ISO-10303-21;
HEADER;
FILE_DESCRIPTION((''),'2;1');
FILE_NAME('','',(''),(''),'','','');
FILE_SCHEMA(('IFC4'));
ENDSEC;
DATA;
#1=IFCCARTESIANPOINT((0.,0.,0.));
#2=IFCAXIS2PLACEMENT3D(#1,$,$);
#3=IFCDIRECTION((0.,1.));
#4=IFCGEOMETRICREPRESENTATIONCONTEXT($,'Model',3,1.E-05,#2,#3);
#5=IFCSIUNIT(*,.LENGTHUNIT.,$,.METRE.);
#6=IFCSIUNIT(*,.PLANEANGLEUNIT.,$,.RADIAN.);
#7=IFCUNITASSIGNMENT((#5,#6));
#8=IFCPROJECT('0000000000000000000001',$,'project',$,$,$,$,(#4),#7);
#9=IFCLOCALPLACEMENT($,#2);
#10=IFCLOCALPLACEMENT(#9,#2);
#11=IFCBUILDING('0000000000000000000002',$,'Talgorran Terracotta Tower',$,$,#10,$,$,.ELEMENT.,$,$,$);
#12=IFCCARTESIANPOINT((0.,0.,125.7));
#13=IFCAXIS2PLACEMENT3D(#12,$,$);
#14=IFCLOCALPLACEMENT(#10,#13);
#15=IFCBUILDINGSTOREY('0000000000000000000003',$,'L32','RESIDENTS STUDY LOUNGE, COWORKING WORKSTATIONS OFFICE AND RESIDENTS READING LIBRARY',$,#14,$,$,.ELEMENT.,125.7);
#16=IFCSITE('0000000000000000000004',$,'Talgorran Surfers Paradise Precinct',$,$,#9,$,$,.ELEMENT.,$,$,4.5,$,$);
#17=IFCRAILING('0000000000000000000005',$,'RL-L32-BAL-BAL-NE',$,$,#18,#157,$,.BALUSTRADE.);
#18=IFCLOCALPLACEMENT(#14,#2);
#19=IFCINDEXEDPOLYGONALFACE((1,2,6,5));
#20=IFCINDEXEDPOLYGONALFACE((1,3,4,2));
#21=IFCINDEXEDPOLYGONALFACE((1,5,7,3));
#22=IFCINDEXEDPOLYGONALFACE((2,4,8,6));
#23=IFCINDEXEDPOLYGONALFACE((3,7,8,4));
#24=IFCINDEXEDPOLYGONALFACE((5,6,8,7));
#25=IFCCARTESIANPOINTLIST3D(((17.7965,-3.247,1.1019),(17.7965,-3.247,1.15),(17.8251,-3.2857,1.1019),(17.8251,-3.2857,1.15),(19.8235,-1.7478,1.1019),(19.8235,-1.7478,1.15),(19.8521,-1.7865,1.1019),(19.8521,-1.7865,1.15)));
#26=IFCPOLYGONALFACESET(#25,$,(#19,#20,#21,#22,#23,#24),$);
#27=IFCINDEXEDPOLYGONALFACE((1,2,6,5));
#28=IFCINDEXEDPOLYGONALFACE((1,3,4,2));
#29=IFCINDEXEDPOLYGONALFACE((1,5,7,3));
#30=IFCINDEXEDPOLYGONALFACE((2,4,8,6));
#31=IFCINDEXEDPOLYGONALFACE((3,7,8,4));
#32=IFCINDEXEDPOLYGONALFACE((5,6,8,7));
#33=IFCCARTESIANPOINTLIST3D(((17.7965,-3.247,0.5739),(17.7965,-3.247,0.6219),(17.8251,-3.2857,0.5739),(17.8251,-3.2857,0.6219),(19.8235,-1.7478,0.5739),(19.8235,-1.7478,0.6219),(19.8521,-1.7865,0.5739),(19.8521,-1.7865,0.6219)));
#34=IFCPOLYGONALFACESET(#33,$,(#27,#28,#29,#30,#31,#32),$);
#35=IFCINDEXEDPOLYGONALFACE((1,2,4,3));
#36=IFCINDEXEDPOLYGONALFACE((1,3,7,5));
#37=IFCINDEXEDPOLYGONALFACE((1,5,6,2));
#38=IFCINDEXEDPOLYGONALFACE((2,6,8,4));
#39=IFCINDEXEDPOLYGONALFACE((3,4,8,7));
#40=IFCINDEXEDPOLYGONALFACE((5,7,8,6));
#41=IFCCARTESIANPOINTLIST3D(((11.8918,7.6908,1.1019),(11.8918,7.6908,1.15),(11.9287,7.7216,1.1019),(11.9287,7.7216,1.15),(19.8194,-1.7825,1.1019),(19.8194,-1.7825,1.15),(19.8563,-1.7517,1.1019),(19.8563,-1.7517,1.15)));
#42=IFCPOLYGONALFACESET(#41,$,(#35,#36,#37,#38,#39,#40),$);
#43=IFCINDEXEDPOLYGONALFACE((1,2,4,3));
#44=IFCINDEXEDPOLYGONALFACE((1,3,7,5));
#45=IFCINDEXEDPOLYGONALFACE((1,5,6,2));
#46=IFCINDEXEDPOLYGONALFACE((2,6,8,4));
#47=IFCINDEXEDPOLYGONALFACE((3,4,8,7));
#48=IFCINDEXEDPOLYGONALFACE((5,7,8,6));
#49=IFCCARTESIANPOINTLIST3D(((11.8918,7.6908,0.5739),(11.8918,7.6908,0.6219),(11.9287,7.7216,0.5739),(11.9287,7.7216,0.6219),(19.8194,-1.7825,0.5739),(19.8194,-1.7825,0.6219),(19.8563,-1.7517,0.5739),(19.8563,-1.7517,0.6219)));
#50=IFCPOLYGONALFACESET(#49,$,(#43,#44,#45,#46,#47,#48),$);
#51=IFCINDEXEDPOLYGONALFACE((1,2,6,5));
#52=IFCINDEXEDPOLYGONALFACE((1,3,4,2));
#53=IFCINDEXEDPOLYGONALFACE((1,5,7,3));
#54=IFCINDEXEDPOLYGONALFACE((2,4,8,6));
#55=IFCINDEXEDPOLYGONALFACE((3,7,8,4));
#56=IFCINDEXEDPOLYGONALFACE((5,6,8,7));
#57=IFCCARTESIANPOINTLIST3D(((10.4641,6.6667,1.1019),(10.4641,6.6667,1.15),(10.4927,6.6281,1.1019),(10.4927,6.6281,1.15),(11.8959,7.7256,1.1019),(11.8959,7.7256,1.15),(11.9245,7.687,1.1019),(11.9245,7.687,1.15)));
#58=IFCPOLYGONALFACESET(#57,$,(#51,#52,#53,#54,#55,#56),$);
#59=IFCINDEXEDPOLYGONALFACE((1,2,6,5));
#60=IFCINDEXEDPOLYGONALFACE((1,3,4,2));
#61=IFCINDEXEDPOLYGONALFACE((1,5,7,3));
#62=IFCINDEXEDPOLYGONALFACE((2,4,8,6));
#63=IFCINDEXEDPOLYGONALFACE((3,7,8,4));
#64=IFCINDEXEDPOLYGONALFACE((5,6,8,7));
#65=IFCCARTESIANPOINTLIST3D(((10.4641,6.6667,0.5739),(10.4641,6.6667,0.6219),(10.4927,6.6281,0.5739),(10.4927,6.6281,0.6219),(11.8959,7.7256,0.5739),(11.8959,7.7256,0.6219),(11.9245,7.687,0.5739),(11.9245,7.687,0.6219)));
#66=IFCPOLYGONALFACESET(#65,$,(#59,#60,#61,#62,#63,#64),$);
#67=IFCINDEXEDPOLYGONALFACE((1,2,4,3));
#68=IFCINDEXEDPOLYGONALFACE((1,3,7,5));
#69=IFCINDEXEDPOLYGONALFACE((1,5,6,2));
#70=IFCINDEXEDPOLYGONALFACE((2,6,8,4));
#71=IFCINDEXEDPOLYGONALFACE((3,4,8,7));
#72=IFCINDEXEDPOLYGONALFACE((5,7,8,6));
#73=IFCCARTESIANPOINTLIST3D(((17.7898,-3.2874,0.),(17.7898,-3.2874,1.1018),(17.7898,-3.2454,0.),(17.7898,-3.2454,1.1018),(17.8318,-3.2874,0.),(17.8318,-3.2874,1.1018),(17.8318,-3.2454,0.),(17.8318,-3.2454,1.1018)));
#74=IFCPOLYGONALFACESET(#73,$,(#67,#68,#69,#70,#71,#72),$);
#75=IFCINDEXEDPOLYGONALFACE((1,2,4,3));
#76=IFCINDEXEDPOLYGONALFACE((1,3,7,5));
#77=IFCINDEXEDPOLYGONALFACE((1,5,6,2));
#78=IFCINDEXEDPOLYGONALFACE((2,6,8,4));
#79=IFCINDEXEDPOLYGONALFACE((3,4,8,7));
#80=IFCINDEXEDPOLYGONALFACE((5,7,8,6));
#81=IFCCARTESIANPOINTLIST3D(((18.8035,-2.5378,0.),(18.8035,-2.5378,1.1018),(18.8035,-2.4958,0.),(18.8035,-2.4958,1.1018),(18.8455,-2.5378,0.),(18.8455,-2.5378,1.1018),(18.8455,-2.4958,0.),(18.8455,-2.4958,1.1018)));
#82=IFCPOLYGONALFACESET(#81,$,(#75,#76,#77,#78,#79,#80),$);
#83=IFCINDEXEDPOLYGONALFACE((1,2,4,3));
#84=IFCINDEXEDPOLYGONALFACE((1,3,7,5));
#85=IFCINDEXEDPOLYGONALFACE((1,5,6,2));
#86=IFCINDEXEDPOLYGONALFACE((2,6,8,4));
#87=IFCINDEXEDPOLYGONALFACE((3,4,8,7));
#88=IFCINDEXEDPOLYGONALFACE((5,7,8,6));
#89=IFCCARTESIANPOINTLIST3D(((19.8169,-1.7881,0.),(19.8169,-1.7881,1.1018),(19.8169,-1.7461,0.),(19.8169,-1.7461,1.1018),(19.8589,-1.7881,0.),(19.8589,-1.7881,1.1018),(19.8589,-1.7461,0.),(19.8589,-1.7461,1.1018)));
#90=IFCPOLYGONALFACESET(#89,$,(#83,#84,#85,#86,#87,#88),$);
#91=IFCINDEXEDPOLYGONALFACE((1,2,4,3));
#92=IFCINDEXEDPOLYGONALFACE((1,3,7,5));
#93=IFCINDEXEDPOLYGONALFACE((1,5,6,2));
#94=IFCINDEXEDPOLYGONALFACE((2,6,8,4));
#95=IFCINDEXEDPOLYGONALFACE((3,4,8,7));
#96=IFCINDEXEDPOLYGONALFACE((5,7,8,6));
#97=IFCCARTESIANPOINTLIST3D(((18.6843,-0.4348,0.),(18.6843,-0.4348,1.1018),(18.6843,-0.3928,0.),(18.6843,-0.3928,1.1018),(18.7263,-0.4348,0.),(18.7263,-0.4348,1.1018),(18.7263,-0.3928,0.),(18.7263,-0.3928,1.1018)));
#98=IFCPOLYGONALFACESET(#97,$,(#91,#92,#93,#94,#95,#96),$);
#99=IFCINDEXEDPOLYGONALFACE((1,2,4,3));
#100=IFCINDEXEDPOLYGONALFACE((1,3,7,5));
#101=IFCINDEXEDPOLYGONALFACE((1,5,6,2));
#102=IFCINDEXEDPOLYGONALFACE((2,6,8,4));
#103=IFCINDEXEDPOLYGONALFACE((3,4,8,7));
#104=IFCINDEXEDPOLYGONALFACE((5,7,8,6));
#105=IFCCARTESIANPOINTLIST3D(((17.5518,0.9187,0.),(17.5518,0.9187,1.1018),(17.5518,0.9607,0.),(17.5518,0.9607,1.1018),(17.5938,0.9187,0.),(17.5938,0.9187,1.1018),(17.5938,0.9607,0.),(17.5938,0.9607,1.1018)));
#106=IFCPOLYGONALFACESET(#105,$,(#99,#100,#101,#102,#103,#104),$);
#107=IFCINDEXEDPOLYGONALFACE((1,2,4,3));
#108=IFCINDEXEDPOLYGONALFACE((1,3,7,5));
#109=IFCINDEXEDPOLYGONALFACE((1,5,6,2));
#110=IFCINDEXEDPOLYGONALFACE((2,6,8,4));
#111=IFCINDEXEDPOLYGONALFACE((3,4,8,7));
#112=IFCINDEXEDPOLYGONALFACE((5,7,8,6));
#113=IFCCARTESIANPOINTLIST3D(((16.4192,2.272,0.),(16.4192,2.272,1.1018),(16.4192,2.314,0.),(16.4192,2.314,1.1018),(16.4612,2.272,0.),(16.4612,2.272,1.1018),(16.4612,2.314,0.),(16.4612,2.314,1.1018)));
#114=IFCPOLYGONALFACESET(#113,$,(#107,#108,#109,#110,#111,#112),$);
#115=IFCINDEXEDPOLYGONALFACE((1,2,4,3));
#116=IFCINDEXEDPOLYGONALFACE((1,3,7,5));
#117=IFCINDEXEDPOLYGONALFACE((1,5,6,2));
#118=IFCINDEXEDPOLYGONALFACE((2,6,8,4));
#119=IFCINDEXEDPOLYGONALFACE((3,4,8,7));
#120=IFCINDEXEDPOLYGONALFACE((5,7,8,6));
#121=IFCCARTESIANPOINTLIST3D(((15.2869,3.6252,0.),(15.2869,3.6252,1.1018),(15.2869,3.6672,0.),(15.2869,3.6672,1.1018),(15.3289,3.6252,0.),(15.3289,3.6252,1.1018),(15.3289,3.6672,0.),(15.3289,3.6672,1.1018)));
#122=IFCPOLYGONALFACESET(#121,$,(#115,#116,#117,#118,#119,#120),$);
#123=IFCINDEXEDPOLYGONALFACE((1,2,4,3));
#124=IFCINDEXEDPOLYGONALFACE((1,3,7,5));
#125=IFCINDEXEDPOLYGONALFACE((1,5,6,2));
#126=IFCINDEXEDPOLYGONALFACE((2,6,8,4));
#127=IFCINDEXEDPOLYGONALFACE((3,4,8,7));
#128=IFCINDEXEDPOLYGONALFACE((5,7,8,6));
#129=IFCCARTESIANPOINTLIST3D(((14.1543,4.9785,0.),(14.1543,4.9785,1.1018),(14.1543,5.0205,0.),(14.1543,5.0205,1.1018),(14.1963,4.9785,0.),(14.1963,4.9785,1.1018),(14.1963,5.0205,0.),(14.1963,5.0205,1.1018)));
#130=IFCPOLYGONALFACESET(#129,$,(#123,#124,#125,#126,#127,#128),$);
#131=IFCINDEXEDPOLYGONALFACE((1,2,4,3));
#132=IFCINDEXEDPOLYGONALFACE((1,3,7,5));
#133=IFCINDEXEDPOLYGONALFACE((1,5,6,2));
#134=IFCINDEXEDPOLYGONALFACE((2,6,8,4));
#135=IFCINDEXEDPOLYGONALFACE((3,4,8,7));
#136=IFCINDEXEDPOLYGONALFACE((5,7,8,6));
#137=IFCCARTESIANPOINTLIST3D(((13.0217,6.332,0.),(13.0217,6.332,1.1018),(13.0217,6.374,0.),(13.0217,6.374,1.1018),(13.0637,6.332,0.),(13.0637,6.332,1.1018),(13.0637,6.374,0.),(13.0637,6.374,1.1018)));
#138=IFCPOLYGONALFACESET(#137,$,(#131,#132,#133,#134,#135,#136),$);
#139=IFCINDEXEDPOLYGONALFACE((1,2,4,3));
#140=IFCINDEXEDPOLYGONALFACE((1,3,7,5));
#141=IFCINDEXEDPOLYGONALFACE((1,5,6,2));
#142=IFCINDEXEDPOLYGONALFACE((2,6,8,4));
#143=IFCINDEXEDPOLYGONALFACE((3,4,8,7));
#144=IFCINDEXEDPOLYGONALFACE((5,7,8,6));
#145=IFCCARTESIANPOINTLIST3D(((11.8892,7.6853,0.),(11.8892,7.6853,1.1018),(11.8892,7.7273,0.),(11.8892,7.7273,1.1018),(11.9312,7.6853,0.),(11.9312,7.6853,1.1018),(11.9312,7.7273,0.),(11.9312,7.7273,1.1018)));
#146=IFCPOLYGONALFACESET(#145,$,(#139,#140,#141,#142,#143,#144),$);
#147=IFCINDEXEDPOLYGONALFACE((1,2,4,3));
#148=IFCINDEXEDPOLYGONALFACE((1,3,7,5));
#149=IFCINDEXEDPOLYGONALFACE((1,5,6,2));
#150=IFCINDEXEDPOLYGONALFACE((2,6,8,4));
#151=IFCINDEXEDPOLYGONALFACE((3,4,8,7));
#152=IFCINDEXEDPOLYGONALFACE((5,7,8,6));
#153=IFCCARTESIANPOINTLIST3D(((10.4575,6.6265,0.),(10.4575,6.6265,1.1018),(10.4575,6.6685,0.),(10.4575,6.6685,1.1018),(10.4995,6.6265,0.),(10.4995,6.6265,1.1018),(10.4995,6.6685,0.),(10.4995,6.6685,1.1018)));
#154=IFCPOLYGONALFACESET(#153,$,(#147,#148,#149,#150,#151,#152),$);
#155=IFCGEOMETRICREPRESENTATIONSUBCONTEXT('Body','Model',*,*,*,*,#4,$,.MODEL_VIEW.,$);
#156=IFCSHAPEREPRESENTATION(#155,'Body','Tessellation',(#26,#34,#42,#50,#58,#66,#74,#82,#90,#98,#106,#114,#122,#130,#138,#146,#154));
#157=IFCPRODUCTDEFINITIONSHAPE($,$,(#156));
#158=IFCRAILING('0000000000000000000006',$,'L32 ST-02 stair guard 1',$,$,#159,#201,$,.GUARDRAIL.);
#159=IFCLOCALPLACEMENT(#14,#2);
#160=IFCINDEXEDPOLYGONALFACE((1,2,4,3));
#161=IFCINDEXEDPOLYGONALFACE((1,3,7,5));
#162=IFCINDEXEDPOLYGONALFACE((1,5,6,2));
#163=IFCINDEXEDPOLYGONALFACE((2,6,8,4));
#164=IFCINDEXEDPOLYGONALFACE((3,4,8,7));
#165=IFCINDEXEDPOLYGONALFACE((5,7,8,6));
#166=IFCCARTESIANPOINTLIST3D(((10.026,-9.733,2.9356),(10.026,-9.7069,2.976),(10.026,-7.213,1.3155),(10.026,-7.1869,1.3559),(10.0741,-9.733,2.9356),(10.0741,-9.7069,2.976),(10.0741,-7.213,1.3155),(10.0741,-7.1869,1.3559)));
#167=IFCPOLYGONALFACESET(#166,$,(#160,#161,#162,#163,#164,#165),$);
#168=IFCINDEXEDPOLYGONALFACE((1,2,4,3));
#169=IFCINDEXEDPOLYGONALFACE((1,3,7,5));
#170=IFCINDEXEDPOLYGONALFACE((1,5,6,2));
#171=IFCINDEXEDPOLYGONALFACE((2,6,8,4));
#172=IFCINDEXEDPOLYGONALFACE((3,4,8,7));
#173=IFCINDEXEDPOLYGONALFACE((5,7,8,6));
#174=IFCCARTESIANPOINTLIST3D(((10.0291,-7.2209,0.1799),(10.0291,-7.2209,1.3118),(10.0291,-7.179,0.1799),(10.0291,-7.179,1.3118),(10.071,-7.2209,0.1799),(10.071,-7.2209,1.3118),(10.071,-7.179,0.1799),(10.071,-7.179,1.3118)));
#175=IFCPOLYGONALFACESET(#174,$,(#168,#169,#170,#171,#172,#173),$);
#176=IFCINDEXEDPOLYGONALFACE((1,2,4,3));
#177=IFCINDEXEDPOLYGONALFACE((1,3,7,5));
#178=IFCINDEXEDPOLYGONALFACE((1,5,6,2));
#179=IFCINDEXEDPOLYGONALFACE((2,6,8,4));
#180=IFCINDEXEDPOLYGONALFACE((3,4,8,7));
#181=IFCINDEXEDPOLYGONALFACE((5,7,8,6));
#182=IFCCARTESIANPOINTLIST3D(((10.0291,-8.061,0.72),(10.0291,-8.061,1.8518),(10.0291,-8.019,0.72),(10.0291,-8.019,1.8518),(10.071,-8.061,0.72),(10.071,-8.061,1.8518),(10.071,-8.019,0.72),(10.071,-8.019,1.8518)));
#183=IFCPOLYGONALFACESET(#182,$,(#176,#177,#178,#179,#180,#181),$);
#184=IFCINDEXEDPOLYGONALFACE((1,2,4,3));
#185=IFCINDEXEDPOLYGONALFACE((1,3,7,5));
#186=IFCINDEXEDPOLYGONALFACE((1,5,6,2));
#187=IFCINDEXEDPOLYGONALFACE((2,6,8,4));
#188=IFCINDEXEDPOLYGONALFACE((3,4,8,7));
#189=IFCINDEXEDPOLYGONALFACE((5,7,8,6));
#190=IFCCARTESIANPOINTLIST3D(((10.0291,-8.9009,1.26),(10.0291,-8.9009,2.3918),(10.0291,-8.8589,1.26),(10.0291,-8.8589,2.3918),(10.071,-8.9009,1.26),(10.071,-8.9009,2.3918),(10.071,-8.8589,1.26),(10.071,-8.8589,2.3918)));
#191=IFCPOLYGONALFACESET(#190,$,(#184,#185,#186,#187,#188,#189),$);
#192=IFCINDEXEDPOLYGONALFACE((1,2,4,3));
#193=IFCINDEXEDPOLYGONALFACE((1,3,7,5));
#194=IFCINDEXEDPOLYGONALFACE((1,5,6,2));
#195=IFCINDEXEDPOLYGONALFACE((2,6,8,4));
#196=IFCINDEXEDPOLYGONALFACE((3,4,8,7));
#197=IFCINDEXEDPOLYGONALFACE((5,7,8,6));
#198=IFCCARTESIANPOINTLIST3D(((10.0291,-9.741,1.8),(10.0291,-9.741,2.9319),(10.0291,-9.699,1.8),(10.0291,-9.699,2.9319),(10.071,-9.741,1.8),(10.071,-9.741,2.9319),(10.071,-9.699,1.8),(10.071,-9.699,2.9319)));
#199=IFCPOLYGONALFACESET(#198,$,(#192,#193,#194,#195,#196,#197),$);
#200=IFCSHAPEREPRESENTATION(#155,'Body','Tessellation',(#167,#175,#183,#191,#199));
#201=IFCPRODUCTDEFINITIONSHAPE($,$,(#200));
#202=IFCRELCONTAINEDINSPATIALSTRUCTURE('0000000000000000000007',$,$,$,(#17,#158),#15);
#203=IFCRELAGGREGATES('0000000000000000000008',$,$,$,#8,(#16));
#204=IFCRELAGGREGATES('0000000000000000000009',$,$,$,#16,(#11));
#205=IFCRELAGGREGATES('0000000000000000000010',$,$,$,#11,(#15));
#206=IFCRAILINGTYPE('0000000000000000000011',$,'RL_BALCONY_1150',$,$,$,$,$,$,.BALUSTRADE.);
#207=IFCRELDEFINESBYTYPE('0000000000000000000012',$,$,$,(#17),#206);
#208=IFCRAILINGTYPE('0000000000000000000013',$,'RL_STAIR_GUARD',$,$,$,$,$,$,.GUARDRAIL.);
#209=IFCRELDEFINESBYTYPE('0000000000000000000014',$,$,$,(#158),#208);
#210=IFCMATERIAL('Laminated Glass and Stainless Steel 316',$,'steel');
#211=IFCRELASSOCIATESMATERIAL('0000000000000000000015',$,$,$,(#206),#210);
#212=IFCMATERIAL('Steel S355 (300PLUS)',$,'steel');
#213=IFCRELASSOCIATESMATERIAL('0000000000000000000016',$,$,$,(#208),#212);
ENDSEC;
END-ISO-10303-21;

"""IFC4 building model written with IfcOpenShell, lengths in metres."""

from ifc_helpers import new_model, si_unit, direction, frame, origin, origin_2d, place, context, subcontext, project, spatial, rectangle, extrude, material, type_object, element, save


model = new_model("IFC4")

# Units and contexts
model_context = context("Model", 3, precision=1e-05, world=origin(), true_north=direction((0.0, 1.0)))
body_context = subcontext(model_context, "Body", "Model", "MODEL_VIEW")
ifc_project = project(units=[si_unit("LENGTHUNIT", "METRE"), si_unit("PLANEANGLEUNIT", "RADIAN")], contexts=[model_context])

# Site, building, storey
site_placement = place(None, origin())
site = spatial("IfcSite", under=ifc_project, at=site_placement, Name="Talgorran Surfers Paradise Precinct", CompositionType="ELEMENT", RefElevation=4.5)
building_placement = place(site_placement, origin())
building = spatial("IfcBuilding", under=site, at=building_placement, Name="Talgorran Terracotta Tower", CompositionType="ELEMENT")
storey_placement = place(building_placement, frame((0.0, 0.0, 125.7)))
storey = spatial("IfcBuildingStorey", under=building, at=storey_placement, Name="L32", Description="RESIDENTS STUDY LOUNGE, COWORKING WORKSTATIONS OFFICE AND RESIDENTS READING LIBRARY", CompositionType="ELEMENT", Elevation=125.7)

# Shared definitions
ifc_material_1 = material(Name="Steel S355 (300PLUS)", Category="steel")

# Railings
ifc_material_2 = material(Name="Laminated Glass and Stainless Steel 316", Category="steel")
railing_type_1 = type_object("IfcRailingType", Name="RL_BALCONY_1150", PredefinedType="BALUSTRADE", material=ifc_material_2)
railing_1_placement = place(storey_placement, frame((17.8108, -3.2664, 0.0)))
element("IfcRailing", 1, at=railing_1_placement, inside=storey, type_object=railing_type_1, Name="RL-L32-BAL-BAL-NE", PredefinedType="BALUSTRADE", context=body_context, shape_type="SweptSolid", body=[
    extrude(rectangle(XDim=0.0481, YDim=0.0481, at=origin_2d()), frame((0.0, 0.0, 1.126), z_axis=(0.803991, 0.594642, 0.0), x_axis=(-0.594642, 0.803991, 0.0)), (0.0, 0.0, 1.0), 2.5212),
    extrude(rectangle(XDim=0.0481, YDim=0.0481, at=origin_2d()), frame((0.0, 0.0, 0.5979), z_axis=(0.803991, 0.594642, 0.0), x_axis=(-0.594642, 0.803991, 0.0)), (0.0, 0.0, 1.0), 2.5212),
    extrude(rectangle(XDim=0.0481, YDim=0.0481, at=origin_2d()), frame((2.0271, 1.4993, 1.126), z_axis=(-0.641771, 0.766896, 0.0), x_axis=(-0.766896, -0.641771, 0.0)), (0.0, 0.0, 1.0), 12.3528),
    extrude(rectangle(XDim=0.0481, YDim=0.0481, at=origin_2d()), frame((2.0271, 1.4993, 0.5979), z_axis=(-0.641771, 0.766896, 0.0), x_axis=(-0.766896, -0.641771, 0.0)), (0.0, 0.0, 1.0), 12.3528),
    extrude(rectangle(XDim=0.0481, YDim=0.0481, at=origin_2d()), frame((-5.9006, 10.9727, 1.126), z_axis=(-0.803997, -0.594634, 0.0), x_axis=(0.594634, -0.803997, 0.0)), (0.0, 0.0, 1.0), 1.7808),
    extrude(rectangle(XDim=0.0481, YDim=0.0481, at=origin_2d()), frame((-5.9006, 10.9727, 0.5979), z_axis=(-0.803997, -0.594634, 0.0), x_axis=(0.594634, -0.803997, 0.0)), (0.0, 0.0, 1.0), 1.7808),
    extrude(rectangle(XDim=0.042, YDim=0.042, at=origin_2d()), origin(), (0.0, 0.0, 1.0), 1.1018),
    extrude(rectangle(XDim=0.042, YDim=0.042, at=origin_2d()), frame((1.0137, 0.7495, 0.0)), (0.0, 0.0, 1.0), 1.1018),
    extrude(rectangle(XDim=0.042, YDim=0.042, at=origin_2d()), frame((2.0271, 1.4993, 0.0)), (0.0, 0.0, 1.0), 1.1018),
    extrude(rectangle(XDim=0.042, YDim=0.042, at=origin_2d()), frame((0.8945, 2.8525, 0.0)), (0.0, 0.0, 1.0), 1.1018),
    extrude(rectangle(XDim=0.042, YDim=0.042, at=origin_2d()), frame((-0.238, 4.2061, 0.0)), (0.0, 0.0, 1.0), 1.1018),
    extrude(rectangle(XDim=0.042, YDim=0.042, at=origin_2d()), frame((-1.3706, 5.5593, 0.0)), (0.0, 0.0, 1.0), 1.1018),
    extrude(rectangle(XDim=0.042, YDim=0.042, at=origin_2d()), frame((-2.5029, 6.9126, 0.0)), (0.0, 0.0, 1.0), 1.1018),
    extrude(rectangle(XDim=0.042, YDim=0.042, at=origin_2d()), frame((-3.6355, 8.2659, 0.0)), (0.0, 0.0, 1.0), 1.1018),
    extrude(rectangle(XDim=0.042, YDim=0.042, at=origin_2d()), frame((-4.7681, 9.6194, 0.0)), (0.0, 0.0, 1.0), 1.1018),
    extrude(rectangle(XDim=0.042, YDim=0.042, at=origin_2d()), frame((-5.9006, 10.9727, 0.0)), (0.0, 0.0, 1.0), 1.1018),
    extrude(rectangle(XDim=0.042, YDim=0.042, at=origin_2d()), frame((-7.3323, 9.9138, 0.0)), (0.0, 0.0, 1.0), 1.1018),
])
railing_type_2 = type_object("IfcRailingType", Name="RL_STAIR_GUARD", PredefinedType="GUARDRAIL", material=ifc_material_1)
railing_2_placement = place(storey_placement, frame((10.05, -7.2, 0.1799)))
element("IfcRailing", 2, at=railing_2_placement, inside=storey, type_object=railing_type_2, Name="L32 ST-02 stair guard 1", PredefinedType="GUARDRAIL", context=body_context, shape_type="SweptSolid", body=[
    extrude(rectangle(XDim=0.0481, YDim=0.0481, at=origin_2d()), frame((0.0, 0.0, 1.1558), z_axis=(0.0, -0.841163, 0.540782), x_axis=(1.0, 0.0, 0.0)), (0.0, 0.0, 1.0), 2.9958),
    extrude(rectangle(XDim=0.042, YDim=0.042, at=origin_2d()), origin(), (0.0, 0.0, 1.0), 1.1318),
    extrude(rectangle(XDim=0.042, YDim=0.042, at=origin_2d()), frame((0.0, -0.8401, 0.54)), (0.0, 0.0, 1.0), 1.1318),
    extrude(rectangle(XDim=0.042, YDim=0.042, at=origin_2d()), frame((0.0, -1.6799, 1.0801)), (0.0, 0.0, 1.0), 1.1318),
    extrude(rectangle(XDim=0.042, YDim=0.042, at=origin_2d()), frame((0.0, -2.52, 1.6201)), (0.0, 0.0, 1.0), 1.1318),
])

save(model, "model.ifc")
